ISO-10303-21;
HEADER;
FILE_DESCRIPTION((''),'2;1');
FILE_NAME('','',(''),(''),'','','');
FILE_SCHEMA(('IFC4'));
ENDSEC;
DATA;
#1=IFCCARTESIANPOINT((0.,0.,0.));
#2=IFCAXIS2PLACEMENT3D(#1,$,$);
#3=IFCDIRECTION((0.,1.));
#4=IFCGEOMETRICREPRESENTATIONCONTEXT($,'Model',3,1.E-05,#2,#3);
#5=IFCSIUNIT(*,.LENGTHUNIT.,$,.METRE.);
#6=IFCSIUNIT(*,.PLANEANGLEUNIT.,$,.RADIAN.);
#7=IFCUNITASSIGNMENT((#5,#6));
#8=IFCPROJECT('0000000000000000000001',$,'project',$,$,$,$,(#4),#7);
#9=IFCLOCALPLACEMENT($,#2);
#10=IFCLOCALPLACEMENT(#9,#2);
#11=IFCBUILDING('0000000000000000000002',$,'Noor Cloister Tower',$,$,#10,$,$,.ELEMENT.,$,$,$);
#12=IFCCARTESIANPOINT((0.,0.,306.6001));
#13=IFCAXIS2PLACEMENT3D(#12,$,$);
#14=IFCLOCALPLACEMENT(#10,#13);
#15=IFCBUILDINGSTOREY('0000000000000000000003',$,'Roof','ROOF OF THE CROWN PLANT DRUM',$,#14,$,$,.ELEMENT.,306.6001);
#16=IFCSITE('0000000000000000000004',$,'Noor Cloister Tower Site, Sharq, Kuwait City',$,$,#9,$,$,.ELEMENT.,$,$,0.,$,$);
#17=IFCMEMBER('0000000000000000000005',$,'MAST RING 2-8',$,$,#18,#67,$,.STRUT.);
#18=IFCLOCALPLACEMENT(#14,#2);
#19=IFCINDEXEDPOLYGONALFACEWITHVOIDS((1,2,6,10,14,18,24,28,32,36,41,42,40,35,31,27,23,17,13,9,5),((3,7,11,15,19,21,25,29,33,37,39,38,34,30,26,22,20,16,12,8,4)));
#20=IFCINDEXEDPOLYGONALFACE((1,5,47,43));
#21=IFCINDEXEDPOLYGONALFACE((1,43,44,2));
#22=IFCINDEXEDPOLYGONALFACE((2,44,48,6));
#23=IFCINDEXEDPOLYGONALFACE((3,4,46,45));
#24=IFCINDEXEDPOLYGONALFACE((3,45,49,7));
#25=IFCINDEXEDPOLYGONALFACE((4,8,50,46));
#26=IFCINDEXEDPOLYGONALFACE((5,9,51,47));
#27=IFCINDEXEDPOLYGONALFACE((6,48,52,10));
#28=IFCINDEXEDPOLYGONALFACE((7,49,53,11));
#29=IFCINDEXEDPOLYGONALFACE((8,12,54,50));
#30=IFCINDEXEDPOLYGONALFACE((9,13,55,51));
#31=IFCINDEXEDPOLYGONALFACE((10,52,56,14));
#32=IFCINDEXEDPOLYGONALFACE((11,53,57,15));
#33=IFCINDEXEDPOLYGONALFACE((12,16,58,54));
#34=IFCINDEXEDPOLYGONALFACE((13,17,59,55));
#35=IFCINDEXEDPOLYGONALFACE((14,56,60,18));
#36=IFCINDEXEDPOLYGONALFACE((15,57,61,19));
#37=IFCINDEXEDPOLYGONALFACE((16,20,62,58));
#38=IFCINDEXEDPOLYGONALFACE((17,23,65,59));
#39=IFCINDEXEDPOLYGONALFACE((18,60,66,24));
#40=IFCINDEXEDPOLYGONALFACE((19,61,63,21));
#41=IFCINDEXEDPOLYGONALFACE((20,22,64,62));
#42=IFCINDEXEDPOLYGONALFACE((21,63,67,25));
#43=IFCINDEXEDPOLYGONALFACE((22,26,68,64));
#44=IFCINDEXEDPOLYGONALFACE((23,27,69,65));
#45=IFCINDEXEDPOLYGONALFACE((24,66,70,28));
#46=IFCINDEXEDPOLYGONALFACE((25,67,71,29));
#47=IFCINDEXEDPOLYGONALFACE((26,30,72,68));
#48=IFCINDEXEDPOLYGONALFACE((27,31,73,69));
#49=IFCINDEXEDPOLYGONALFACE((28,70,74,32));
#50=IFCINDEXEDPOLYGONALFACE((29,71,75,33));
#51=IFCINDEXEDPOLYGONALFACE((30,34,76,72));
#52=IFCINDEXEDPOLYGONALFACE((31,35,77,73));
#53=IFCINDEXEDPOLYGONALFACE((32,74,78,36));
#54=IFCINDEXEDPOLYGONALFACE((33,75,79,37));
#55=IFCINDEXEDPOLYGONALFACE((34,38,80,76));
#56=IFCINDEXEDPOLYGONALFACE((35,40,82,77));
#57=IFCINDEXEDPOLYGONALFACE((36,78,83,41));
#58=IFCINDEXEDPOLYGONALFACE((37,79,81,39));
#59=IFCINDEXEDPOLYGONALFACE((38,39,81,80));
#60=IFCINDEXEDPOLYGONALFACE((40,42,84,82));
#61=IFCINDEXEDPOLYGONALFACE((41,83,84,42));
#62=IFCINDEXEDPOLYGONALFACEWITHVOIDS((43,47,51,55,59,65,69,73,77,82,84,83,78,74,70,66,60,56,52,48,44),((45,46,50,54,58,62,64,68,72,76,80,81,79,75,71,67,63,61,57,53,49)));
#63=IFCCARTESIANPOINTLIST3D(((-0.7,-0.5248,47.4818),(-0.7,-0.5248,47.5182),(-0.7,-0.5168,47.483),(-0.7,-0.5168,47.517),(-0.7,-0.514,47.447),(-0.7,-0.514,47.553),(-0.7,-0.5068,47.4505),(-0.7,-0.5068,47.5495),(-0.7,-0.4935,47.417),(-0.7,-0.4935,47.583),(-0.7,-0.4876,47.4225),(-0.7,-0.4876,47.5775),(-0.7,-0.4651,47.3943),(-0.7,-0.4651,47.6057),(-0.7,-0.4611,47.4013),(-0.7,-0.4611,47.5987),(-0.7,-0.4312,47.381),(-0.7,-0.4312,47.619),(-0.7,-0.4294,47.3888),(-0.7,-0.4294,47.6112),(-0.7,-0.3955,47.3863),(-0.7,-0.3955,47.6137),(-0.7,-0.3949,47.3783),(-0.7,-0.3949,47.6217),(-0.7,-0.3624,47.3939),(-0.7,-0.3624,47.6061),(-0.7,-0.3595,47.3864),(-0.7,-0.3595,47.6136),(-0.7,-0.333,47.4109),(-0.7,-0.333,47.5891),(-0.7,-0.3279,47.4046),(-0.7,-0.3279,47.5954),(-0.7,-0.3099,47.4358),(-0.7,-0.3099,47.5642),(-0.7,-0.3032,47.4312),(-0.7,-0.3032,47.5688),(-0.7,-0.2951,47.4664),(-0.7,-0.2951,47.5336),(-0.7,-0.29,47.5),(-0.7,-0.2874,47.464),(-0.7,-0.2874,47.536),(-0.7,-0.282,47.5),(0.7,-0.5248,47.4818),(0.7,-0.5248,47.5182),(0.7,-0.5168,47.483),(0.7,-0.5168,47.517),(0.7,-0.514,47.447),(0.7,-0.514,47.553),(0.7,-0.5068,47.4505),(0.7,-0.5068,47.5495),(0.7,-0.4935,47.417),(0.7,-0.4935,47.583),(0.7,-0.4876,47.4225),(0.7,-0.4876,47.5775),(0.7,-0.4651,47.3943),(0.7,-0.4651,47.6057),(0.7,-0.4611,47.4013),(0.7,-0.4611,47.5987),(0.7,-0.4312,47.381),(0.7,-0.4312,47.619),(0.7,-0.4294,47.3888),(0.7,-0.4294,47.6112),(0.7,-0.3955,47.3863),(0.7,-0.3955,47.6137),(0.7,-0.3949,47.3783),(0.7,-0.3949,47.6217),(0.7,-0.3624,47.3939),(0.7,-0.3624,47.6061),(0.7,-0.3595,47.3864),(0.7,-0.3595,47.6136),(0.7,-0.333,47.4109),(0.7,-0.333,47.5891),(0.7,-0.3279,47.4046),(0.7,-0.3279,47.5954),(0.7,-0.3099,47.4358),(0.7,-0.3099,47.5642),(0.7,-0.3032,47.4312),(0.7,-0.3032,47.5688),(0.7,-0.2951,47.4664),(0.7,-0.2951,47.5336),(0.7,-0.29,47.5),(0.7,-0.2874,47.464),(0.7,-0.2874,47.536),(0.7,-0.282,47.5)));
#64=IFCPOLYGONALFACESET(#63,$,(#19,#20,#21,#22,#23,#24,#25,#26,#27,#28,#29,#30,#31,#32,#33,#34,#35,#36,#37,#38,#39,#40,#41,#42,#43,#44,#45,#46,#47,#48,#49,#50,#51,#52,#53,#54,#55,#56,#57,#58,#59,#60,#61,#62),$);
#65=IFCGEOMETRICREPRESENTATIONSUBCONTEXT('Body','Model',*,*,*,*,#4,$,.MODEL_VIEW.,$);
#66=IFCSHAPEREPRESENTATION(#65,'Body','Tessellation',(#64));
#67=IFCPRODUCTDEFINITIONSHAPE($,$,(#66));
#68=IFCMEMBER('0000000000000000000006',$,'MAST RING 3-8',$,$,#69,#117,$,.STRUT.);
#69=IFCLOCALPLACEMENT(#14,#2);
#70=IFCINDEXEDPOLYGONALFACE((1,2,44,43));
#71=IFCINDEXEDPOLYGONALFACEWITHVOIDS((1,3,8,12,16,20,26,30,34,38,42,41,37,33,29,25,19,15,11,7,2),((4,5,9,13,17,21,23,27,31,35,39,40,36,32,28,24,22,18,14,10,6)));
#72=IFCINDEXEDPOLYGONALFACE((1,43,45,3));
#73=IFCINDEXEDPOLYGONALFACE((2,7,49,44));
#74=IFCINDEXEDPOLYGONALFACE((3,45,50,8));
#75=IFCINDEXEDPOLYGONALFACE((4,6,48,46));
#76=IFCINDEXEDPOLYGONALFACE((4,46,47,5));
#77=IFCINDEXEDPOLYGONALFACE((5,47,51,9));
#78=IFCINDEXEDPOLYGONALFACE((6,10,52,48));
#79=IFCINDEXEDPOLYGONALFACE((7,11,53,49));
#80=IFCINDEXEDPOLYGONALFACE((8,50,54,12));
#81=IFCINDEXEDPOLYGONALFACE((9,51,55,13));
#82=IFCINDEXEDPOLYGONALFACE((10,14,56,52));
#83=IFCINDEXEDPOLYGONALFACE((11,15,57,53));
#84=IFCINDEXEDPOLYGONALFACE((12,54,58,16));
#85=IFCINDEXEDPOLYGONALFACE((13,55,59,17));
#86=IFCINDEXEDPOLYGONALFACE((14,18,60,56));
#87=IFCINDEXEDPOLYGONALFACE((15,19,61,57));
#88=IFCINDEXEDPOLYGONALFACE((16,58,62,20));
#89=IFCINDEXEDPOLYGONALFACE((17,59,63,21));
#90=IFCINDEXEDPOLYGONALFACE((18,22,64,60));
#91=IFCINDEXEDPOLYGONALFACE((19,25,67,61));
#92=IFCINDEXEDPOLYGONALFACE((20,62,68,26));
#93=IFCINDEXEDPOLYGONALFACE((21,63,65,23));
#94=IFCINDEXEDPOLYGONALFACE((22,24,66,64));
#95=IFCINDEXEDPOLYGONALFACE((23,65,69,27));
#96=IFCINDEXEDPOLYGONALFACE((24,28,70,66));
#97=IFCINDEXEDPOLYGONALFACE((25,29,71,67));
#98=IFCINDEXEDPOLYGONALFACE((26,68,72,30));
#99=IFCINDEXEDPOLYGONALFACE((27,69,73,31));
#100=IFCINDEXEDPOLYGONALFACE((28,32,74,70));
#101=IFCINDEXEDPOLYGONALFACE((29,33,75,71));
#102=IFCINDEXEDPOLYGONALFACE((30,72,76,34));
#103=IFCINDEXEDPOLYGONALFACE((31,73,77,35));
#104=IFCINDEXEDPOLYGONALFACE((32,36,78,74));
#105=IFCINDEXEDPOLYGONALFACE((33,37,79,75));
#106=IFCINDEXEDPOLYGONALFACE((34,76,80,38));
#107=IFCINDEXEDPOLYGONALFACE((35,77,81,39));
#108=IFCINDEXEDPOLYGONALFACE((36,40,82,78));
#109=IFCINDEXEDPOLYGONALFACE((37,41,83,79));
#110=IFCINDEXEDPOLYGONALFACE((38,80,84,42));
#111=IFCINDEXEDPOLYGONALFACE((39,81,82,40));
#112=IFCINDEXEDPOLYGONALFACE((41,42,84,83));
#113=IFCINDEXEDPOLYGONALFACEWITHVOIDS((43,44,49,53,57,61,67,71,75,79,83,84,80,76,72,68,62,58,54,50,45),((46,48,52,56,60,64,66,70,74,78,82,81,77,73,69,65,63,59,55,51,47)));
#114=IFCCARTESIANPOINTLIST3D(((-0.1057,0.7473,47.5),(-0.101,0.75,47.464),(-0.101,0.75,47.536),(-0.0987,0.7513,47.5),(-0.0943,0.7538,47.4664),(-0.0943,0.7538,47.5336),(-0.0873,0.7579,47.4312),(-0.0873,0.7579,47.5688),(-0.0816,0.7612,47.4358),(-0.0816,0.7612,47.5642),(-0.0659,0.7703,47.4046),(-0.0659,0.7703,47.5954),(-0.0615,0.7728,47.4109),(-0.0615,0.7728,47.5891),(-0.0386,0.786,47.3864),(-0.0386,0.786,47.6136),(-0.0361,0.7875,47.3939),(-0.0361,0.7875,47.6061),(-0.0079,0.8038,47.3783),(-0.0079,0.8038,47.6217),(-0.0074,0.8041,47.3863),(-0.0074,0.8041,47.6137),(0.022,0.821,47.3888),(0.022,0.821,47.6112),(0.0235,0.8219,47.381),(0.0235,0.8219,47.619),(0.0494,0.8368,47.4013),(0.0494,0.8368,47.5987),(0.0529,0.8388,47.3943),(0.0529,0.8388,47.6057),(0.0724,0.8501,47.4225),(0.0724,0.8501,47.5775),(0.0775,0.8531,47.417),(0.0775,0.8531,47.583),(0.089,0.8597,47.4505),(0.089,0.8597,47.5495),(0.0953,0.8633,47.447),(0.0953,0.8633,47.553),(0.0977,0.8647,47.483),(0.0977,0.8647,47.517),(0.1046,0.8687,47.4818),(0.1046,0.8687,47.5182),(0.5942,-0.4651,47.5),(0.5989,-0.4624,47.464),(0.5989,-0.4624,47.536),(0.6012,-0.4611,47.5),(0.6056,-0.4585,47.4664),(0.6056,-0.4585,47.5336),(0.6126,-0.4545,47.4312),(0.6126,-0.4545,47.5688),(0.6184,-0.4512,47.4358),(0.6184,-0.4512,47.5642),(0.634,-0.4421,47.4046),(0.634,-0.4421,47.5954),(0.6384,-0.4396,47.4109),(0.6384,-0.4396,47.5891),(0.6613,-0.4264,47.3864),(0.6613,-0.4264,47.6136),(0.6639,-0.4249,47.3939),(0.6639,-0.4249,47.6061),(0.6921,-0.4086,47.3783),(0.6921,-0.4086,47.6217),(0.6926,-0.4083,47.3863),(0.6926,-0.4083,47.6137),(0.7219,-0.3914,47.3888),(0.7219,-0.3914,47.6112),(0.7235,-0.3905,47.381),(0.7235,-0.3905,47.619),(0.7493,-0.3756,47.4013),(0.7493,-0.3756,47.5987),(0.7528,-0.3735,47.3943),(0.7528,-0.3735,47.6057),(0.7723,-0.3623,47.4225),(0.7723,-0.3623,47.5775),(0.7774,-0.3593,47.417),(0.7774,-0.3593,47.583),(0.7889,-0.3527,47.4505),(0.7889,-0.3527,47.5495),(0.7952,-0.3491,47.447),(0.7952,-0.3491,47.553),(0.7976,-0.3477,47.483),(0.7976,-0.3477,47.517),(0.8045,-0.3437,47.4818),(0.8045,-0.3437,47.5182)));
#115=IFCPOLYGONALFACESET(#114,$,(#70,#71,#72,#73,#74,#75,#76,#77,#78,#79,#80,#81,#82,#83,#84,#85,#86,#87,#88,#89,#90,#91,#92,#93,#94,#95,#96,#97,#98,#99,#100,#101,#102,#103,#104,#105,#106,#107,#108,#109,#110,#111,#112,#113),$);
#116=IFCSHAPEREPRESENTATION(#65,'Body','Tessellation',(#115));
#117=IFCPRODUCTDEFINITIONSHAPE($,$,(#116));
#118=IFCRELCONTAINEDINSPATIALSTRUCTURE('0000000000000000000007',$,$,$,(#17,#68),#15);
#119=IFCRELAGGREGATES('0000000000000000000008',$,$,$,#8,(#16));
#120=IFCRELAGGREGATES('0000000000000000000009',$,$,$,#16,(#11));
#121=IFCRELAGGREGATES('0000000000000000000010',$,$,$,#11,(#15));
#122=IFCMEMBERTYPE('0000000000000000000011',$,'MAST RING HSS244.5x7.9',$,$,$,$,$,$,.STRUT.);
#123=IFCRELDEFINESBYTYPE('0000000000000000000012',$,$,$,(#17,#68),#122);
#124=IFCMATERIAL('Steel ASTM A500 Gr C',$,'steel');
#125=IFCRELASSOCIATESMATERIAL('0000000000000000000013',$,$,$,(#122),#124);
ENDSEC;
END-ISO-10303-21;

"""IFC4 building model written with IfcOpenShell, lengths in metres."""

from ifc_helpers import new_model, si_unit, direction, frame, origin, origin_2d, place, context, subcontext, project, spatial, hollow_circle, extrude, material, material_profile, profile_set, type_object, element, save


model = new_model("IFC4")

# Units and contexts
model_context = context("Model", 3, precision=1e-05, world=origin(), true_north=direction((0.0, 1.0)))
body_context = subcontext(model_context, "Body", "Model", "MODEL_VIEW")
ifc_project = project(units=[si_unit("LENGTHUNIT", "METRE"), si_unit("PLANEANGLEUNIT", "RADIAN")], contexts=[model_context])

# Site, building, storey
site_placement = place(None, origin())
site = spatial("IfcSite", under=ifc_project, at=site_placement, Name="Noor Cloister Tower Site, Sharq, Kuwait City", CompositionType="ELEMENT", RefElevation=0.0)
building_placement = place(site_placement, origin())
building = spatial("IfcBuilding", under=site, at=building_placement, Name="Noor Cloister Tower", CompositionType="ELEMENT")
storey_placement = place(building_placement, frame((0.0, 0.0, 306.6001)))
storey = spatial("IfcBuildingStorey", under=building, at=storey_placement, Name="Roof", Description="ROOF OF THE CROWN PLANT DRUM", CompositionType="ELEMENT", Elevation=306.6001)

# Members
ifc_material_1 = material(Name="Steel ASTM A500 Gr C", Category="steel")
ifc_material_profile_1 = material_profile(ifc_material_1, hollow_circle(Radius=0.1221, WallThickness=0.0081, at=origin_2d()), Name="HSS244.5x7.9")
ifc_profile_set_1 = profile_set([ifc_material_profile_1], Name="Steel ASTM A500 Gr C")
member_type_1 = type_object("IfcMemberType", Name="MAST RING HSS244.5x7.9", PredefinedType="STRUT", material=ifc_profile_set_1)
for number, where, z_axis, x_axis, name in (
    (1, (-0.7, -0.4041, 47.5), (1.0, 0.0, 0.0), (0.0, 1.0, 0.0), "MAST RING 2-8"),
    (2, (0.7, -0.4041, 47.5), (-0.499984, 0.866035, 0.0), (-0.866035, -0.499984, 0.0), "MAST RING 3-8"),
):
    element("IfcMember", number, at=place(storey_placement, frame(where, z_axis=z_axis, x_axis=x_axis)), inside=storey, type_object=member_type_1, Name=name, PredefinedType="STRUT", context=body_context, shape_type="SweptSolid", body=[
        extrude(hollow_circle(Radius=0.1221, WallThickness=0.0081, at=origin_2d()), origin(), (0.0, 0.0, 1.0), 1.3999),
    ])

save(model, "model.ifc")
